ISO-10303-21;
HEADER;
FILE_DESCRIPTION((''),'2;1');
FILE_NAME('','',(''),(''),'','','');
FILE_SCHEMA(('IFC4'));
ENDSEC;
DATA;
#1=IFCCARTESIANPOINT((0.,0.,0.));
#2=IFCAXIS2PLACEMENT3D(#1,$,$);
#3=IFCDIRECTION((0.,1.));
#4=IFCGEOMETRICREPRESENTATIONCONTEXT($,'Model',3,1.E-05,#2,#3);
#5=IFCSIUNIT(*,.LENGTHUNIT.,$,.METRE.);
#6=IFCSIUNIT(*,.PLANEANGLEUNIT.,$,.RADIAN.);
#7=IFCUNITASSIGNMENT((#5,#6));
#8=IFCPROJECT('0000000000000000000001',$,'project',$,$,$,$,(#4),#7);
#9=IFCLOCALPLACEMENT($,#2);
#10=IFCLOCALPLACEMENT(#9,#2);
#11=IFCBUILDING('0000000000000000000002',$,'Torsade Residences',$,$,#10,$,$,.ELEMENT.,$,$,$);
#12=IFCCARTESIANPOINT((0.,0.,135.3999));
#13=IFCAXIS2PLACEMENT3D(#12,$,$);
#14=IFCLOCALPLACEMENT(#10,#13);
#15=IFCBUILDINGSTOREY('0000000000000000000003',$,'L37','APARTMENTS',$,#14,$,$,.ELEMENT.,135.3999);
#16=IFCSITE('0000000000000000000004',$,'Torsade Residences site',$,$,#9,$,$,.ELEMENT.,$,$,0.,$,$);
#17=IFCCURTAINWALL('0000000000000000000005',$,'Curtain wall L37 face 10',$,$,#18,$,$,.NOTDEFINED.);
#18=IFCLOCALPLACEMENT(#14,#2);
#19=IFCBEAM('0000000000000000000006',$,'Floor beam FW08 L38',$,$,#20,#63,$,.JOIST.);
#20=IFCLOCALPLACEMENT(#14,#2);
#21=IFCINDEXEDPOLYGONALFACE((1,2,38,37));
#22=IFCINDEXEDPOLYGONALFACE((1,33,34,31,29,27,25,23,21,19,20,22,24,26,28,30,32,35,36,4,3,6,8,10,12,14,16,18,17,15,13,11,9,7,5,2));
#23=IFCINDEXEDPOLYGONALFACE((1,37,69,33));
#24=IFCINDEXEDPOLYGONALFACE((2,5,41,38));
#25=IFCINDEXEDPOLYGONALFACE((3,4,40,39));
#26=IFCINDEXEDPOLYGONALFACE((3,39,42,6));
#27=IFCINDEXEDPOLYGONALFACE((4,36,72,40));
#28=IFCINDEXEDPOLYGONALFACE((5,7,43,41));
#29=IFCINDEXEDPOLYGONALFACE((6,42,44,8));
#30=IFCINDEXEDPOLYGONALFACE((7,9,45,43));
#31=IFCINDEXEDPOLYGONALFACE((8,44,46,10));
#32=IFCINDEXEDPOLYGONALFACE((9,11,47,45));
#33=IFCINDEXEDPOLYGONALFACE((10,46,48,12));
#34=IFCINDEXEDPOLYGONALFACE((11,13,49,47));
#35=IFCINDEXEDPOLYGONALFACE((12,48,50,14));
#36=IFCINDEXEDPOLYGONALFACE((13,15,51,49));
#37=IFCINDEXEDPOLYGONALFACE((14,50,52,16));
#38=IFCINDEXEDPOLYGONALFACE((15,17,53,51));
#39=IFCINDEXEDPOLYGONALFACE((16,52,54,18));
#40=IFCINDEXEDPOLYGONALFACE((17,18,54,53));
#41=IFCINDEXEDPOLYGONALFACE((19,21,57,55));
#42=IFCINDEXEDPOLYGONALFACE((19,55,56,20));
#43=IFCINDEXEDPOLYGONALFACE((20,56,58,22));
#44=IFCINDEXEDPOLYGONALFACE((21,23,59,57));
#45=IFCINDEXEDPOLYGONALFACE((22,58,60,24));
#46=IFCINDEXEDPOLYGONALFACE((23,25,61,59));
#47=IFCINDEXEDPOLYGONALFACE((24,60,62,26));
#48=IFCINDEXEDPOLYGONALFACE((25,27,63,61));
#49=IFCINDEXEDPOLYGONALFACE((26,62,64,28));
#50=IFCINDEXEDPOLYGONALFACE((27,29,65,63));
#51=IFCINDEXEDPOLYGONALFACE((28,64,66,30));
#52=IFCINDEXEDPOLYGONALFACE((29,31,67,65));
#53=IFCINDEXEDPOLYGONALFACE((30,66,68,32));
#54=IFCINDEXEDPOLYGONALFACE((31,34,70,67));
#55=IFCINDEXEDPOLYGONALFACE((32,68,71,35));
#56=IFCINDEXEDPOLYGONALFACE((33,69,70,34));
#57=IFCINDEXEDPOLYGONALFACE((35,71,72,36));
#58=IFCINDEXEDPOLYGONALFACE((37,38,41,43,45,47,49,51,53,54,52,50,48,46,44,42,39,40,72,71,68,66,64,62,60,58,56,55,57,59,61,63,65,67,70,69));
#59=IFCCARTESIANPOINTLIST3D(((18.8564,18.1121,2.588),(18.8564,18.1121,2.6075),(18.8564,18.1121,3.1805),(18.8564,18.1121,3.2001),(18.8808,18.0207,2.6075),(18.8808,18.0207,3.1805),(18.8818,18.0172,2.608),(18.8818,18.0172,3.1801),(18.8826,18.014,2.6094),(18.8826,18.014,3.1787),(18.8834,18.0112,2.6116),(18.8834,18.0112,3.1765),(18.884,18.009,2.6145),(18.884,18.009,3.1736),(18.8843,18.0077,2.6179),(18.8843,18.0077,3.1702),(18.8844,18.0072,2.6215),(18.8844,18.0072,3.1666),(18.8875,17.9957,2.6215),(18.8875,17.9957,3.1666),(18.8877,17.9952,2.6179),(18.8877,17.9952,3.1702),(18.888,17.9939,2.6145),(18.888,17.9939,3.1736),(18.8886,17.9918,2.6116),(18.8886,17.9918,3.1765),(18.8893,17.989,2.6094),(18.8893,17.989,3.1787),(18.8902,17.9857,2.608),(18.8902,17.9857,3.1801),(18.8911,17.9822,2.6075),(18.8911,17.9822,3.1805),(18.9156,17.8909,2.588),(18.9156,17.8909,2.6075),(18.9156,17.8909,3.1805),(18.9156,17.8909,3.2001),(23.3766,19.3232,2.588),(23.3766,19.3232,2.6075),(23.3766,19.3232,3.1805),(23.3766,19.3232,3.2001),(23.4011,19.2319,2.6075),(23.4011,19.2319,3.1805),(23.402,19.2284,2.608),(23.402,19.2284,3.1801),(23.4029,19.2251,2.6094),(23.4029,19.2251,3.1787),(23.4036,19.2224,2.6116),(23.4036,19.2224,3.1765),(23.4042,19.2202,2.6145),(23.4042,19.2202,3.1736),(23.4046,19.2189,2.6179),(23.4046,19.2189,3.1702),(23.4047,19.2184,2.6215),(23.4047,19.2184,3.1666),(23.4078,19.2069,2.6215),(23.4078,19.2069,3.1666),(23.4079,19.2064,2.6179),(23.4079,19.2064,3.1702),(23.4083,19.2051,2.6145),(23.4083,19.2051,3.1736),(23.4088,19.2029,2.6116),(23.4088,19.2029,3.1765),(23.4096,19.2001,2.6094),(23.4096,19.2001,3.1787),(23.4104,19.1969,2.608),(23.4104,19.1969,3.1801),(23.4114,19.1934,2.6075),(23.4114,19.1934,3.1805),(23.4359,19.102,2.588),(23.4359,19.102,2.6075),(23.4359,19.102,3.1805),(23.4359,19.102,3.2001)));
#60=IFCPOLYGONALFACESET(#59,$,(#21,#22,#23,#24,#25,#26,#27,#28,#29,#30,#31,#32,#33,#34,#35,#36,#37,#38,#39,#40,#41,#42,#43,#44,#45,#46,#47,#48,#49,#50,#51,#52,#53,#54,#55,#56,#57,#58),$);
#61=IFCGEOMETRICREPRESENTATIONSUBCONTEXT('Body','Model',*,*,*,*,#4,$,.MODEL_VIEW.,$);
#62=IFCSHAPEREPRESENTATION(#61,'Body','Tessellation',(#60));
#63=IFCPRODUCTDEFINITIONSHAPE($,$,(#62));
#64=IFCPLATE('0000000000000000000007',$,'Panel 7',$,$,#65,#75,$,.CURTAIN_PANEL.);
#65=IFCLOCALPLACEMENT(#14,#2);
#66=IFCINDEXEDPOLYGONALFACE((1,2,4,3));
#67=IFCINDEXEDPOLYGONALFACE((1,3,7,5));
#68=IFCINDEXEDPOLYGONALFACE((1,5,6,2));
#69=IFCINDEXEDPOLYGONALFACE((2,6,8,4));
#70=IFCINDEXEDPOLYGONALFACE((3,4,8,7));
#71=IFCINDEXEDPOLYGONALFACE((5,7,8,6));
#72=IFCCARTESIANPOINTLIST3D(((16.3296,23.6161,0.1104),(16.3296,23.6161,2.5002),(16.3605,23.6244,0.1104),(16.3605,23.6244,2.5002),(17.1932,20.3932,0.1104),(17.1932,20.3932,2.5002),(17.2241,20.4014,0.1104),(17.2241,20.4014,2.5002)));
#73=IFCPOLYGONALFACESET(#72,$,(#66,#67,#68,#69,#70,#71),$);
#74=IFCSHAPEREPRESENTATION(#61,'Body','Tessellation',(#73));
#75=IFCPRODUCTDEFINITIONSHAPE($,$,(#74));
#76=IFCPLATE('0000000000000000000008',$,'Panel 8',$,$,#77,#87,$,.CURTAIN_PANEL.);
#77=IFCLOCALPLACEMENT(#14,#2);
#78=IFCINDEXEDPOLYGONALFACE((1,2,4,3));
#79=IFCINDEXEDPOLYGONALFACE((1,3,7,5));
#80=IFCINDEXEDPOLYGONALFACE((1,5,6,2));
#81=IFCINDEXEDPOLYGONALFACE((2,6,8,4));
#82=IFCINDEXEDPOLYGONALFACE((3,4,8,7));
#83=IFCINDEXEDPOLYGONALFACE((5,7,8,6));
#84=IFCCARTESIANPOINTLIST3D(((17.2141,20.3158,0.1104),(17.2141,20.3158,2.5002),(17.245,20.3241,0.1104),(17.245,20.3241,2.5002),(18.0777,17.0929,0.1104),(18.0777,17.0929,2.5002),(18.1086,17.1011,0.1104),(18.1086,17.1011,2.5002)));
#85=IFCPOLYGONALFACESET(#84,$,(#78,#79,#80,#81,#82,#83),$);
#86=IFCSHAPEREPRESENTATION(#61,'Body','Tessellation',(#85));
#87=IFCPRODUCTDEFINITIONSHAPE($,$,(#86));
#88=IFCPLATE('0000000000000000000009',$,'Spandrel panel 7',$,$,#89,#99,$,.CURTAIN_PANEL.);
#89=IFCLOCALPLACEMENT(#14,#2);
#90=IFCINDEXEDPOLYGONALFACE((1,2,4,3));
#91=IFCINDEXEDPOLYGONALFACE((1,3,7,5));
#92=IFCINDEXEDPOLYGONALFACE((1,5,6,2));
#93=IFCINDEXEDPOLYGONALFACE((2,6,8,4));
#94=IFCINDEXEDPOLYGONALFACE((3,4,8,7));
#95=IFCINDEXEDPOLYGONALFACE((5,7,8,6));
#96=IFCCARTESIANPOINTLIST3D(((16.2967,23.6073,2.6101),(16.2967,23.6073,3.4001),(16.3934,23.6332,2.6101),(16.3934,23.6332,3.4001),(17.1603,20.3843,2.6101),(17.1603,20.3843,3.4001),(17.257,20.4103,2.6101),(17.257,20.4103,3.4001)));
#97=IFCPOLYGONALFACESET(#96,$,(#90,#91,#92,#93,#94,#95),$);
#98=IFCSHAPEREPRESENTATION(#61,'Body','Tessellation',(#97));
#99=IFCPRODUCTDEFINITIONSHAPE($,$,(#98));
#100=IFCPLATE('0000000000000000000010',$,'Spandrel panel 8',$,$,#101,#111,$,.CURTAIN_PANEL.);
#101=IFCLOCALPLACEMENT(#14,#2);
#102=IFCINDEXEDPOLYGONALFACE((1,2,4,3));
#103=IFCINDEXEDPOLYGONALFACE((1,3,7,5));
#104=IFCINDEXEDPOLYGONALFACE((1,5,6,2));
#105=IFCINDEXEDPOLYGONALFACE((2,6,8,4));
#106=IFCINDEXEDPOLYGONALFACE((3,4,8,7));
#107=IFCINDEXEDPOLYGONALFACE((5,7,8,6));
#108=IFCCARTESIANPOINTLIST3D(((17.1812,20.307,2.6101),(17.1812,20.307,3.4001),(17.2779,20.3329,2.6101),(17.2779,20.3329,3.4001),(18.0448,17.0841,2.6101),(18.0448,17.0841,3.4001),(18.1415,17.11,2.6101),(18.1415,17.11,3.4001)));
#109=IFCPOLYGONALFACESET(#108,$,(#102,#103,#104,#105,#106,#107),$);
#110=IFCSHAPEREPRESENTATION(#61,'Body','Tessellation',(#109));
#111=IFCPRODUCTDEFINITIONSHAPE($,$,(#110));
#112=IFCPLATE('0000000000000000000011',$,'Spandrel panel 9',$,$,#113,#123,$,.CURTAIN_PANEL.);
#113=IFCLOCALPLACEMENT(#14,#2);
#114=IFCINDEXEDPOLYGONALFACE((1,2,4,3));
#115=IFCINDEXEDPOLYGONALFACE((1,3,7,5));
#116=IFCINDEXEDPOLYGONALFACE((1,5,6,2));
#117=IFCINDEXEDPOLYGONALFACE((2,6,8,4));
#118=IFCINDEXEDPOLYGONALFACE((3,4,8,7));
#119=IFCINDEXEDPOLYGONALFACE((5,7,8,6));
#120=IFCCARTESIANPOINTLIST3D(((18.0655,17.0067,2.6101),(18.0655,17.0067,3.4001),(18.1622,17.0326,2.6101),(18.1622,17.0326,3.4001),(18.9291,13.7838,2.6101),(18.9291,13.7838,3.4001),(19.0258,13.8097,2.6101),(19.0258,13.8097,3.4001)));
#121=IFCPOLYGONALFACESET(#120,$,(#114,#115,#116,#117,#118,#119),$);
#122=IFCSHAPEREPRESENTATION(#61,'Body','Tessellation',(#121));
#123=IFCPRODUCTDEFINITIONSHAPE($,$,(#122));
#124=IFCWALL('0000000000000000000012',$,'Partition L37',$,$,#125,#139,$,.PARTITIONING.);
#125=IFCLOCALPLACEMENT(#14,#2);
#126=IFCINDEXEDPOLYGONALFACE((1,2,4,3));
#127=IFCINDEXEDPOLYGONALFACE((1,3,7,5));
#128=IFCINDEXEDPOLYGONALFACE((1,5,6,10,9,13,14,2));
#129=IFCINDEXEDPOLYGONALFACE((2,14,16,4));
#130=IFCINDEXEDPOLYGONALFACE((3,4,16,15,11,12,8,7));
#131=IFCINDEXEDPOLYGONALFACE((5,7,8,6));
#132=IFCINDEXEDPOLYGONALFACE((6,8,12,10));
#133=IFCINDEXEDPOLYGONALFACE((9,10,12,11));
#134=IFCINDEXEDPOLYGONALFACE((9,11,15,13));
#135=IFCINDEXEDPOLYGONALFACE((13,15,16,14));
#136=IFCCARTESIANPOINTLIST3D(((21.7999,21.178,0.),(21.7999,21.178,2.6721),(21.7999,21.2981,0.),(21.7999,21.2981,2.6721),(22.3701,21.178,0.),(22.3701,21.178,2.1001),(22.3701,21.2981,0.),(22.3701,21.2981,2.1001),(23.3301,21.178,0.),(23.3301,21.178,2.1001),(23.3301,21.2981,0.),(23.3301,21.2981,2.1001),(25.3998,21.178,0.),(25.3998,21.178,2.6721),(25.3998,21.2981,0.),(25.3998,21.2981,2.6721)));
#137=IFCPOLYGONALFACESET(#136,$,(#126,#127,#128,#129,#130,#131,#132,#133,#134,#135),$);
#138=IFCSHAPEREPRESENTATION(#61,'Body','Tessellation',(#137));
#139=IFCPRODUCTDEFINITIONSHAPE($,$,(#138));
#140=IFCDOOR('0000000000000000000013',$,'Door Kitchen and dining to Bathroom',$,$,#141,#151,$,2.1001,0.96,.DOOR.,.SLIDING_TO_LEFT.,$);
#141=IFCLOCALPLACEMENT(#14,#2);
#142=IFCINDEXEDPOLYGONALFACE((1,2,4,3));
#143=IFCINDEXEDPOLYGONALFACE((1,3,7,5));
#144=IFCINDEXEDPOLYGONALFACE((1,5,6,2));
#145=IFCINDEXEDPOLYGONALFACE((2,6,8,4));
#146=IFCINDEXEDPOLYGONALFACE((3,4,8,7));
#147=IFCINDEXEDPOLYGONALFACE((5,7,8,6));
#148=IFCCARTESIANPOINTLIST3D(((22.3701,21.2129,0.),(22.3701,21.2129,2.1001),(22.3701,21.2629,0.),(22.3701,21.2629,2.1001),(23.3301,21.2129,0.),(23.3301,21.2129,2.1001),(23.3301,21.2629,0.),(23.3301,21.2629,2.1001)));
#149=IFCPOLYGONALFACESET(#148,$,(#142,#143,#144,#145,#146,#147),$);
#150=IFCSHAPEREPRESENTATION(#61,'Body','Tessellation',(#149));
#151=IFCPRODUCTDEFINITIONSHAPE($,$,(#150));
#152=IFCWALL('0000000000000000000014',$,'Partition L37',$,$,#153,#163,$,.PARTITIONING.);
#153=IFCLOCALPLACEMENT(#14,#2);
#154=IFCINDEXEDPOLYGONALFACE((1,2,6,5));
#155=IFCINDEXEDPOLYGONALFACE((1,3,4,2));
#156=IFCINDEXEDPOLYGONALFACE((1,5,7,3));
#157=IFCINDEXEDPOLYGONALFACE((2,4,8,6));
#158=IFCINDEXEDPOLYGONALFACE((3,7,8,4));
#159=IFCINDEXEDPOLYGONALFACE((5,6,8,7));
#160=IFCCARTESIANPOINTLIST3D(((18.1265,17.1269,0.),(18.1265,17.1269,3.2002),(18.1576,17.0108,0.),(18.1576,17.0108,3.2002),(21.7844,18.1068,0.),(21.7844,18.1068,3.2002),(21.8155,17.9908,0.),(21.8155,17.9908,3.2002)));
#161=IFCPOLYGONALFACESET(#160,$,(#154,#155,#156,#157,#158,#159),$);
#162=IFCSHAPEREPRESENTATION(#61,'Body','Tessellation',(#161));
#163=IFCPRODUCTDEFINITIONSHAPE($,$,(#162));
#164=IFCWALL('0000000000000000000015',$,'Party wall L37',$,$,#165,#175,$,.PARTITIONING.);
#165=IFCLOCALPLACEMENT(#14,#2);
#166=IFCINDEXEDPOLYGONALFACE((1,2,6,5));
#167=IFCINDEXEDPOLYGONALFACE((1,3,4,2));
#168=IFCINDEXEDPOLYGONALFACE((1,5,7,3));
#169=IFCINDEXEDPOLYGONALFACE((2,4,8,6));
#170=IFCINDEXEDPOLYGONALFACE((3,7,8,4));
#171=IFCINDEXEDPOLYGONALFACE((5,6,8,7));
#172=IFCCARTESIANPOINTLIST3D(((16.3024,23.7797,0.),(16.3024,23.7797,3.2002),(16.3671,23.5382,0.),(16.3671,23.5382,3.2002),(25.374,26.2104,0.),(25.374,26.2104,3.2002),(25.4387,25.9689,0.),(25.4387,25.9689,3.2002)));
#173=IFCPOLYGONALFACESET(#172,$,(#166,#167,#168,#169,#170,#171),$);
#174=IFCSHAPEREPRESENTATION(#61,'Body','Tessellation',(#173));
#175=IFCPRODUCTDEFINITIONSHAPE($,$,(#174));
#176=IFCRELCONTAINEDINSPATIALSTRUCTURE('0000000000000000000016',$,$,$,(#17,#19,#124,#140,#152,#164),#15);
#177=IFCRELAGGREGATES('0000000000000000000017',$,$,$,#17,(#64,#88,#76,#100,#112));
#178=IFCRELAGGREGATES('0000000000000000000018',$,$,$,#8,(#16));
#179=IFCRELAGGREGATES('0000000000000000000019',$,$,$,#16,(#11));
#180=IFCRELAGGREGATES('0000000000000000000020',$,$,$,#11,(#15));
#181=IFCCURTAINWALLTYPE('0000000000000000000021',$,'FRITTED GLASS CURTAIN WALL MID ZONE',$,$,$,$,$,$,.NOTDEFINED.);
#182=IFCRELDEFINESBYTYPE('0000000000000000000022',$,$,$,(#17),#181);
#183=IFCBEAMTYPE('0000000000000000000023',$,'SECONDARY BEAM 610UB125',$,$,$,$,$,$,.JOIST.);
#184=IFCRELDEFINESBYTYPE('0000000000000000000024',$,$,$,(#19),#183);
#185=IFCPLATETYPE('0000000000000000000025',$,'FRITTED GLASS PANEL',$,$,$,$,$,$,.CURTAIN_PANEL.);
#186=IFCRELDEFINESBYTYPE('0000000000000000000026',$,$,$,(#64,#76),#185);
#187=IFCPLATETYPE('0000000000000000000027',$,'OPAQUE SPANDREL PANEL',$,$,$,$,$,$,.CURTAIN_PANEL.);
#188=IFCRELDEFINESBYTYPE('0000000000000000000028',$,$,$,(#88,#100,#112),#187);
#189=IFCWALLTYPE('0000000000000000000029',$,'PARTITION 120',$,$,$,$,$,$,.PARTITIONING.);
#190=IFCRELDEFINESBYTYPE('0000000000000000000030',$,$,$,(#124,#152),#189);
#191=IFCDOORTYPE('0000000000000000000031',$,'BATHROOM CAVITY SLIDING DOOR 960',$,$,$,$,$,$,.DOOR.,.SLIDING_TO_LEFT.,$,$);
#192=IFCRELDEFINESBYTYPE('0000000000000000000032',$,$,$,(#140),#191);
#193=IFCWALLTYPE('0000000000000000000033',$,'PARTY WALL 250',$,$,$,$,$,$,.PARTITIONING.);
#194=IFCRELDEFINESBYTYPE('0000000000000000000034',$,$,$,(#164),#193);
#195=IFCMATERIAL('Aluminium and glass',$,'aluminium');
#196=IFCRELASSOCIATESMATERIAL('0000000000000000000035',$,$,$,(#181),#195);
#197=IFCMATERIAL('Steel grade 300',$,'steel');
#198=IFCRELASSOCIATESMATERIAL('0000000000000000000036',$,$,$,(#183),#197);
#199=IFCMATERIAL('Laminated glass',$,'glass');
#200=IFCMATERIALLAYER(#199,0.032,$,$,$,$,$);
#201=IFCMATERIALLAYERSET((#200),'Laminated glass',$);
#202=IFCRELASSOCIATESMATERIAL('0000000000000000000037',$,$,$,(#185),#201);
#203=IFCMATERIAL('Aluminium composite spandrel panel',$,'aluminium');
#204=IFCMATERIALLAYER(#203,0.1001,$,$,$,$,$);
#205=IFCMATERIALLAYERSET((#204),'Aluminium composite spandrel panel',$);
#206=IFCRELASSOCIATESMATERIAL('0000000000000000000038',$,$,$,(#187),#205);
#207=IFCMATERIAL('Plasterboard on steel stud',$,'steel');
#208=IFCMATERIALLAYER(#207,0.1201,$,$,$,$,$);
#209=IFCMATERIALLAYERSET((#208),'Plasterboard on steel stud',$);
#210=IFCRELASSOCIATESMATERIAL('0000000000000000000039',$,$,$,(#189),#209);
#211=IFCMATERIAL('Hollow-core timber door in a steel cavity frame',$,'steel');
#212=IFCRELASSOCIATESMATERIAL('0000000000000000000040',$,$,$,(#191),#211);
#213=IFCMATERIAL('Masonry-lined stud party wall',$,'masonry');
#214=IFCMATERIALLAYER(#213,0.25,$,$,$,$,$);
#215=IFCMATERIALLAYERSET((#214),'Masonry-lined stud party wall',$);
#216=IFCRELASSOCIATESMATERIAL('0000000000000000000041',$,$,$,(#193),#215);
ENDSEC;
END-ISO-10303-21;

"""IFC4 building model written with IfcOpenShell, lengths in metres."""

from ifc_helpers import new_model, si_unit, direction, frame, frame_2d, origin, origin_2d, place, context, subcontext, project, spatial, rectangle, i_section, extrude, material, layer, layer_set, material_profile, profile_set, type_object, element, fill, aggregate, save


model = new_model("IFC4")

# Units and contexts
model_context = context("Model", 3, precision=1e-05, world=origin(), true_north=direction((0.0, 1.0)))
body_context = subcontext(model_context, "Body", "Model", "MODEL_VIEW")
ifc_project = project(units=[si_unit("LENGTHUNIT", "METRE"), si_unit("PLANEANGLEUNIT", "RADIAN")], contexts=[model_context])

# Site, building, storey
site_placement = place(None, origin())
site = spatial("IfcSite", under=ifc_project, at=site_placement, Name="Torsade Residences site", CompositionType="ELEMENT", RefElevation=0.0)
building_placement = place(site_placement, origin())
building = spatial("IfcBuilding", under=site, at=building_placement, Name="Torsade Residences", CompositionType="ELEMENT")
storey_placement = place(building_placement, frame((0.0, 0.0, 135.3999)))
storey = spatial("IfcBuildingStorey", under=building, at=storey_placement, Name="L37", Description="APARTMENTS", CompositionType="ELEMENT", Elevation=135.3999)

# Curtain wall
ifc_material_1 = material(Name="Aluminium and glass", Category="aluminium")
curtain_wall_type = type_object("IfcCurtainWallType", Name="FRITTED GLASS CURTAIN WALL MID ZONE", PredefinedType="NOTDEFINED", material=ifc_material_1)
curtain_wall_placement = place(storey_placement, origin())
curtain_wall = element("IfcCurtainWall", 1, at=curtain_wall_placement, inside=storey, type_object=curtain_wall_type, Name="Curtain wall L37 face 10", PredefinedType="NOTDEFINED")

# Beam
ifc_material_2 = material(Name="Steel grade 300", Category="steel")
ifc_material_profile_1 = material_profile(ifc_material_2, i_section(OverallWidth=0.229, OverallDepth=0.6121, WebThickness=0.012, FlangeThickness=0.0195, FilletRadius=0.0139, at=origin_2d()), Name="610UB125")
ifc_profile_set_1 = profile_set([ifc_material_profile_1], Name="Steel grade 300")
beam_type = type_object("IfcBeamType", Name="SECONDARY BEAM 610UB125", PredefinedType="JOIST", material=ifc_profile_set_1)
beam_1_placement = place(storey_placement, frame((18.886, 18.0015, 2.894), z_axis=(0.965927, 0.258815, 0.0), x_axis=(-0.258815, 0.965927, 0.0)))
element("IfcBeam", 2, at=beam_1_placement, inside=storey, type_object=beam_type, Name="Floor beam FW08 L38", PredefinedType="JOIST", context=body_context, shape_type="SweptSolid", body=[
    extrude(i_section(OverallWidth=0.229, OverallDepth=0.6121, WebThickness=0.012, FlangeThickness=0.0195, FilletRadius=0.0139, at=origin_2d()), origin(), (0.0, 0.0, 1.0), 4.6797),
])

# Plates
ifc_material_3 = material(Name="Laminated glass", Category="glass")
ifc_layer_1 = layer(ifc_material_3, 0.032)
ifc_layer_set_1 = layer_set([ifc_layer_1], Name="Laminated glass")
plate_type_1 = type_object("IfcPlateType", Name="FRITTED GLASS PANEL", PredefinedType="CURTAIN_PANEL", material=ifc_layer_set_1)
plate_1_placement = place(storey_placement, frame((16.7769, 22.0088, 0.1104), z_axis=(0.0, 0.0, 1.0), x_axis=(0.258819, -0.965926, 0.0)))
plate_1 = element("IfcPlate", 3, at=plate_1_placement, type_object=plate_type_1, Name="Panel 7", PredefinedType="CURTAIN_PANEL", context=body_context, shape_type="SweptSolid", body=[
    extrude(rectangle(XDim=3.3367, YDim=0.032, at=origin_2d()), origin(), (0.0, 0.0, 1.0), 2.3899),
])
plate_2_placement = place(storey_placement, frame((17.6614, 18.7085, 0.1104), z_axis=(0.0, 0.0, 1.0), x_axis=(0.258819, -0.965926, 0.0)))
plate_2 = element("IfcPlate", 4, at=plate_2_placement, type_object=plate_type_1, Name="Panel 8", PredefinedType="CURTAIN_PANEL", context=body_context, shape_type="SweptSolid", body=[
    extrude(rectangle(XDim=3.3367, YDim=0.032, at=origin_2d()), origin(), (0.0, 0.0, 1.0), 2.3899),
])
ifc_material_4 = material(Name="Aluminium composite spandrel panel", Category="aluminium")
ifc_layer_2 = layer(ifc_material_4, 0.1001)
ifc_layer_set_2 = layer_set([ifc_layer_2], Name="Aluminium composite spandrel panel")
plate_type_2 = type_object("IfcPlateType", Name="OPAQUE SPANDREL PANEL", PredefinedType="CURTAIN_PANEL", material=ifc_layer_set_2)
plate_3_placement = place(storey_placement, frame((16.7769, 22.0088, 2.6101), z_axis=(0.0, 0.0, 1.0), x_axis=(0.258819, -0.965926, 0.0)))
plate_3 = element("IfcPlate", 5, at=plate_3_placement, type_object=plate_type_2, Name="Spandrel panel 7", PredefinedType="CURTAIN_PANEL", context=body_context, shape_type="SweptSolid", body=[
    extrude(rectangle(XDim=3.3367, YDim=0.1001, at=origin_2d()), origin(), (0.0, 0.0, 1.0), 0.79),
])
plate_4_placement = place(storey_placement, frame((17.6614, 18.7085, 2.6101), z_axis=(0.0, 0.0, 1.0), x_axis=(0.258819, -0.965926, 0.0)))
plate_4 = element("IfcPlate", 6, at=plate_4_placement, type_object=plate_type_2, Name="Spandrel panel 8", PredefinedType="CURTAIN_PANEL", context=body_context, shape_type="SweptSolid", body=[
    extrude(rectangle(XDim=3.3367, YDim=0.1001, at=origin_2d()), origin(), (0.0, 0.0, 1.0), 0.79),
])
plate_5_placement = place(storey_placement, frame((18.5457, 15.4082, 2.6101), z_axis=(0.0, 0.0, 1.0), x_axis=(0.258819, -0.965926, 0.0)))
plate_5 = element("IfcPlate", 7, at=plate_5_placement, type_object=plate_type_2, Name="Spandrel panel 9", PredefinedType="CURTAIN_PANEL", context=body_context, shape_type="SweptSolid", body=[
    extrude(rectangle(XDim=3.3367, YDim=0.1001, at=origin_2d()), origin(), (0.0, 0.0, 1.0), 0.79),
])
aggregate(curtain_wall, [plate_1, plate_3, plate_2, plate_4, plate_5])

# Wall, opening, door
ifc_material_5 = material(Name="Plasterboard on steel stud", Category="steel")
ifc_layer_3 = layer(ifc_material_5, 0.1201)
ifc_layer_set_3 = layer_set([ifc_layer_3], Name="Plasterboard on steel stud")
wall_type_1 = type_object("IfcWallType", Name="PARTITION 120", PredefinedType="PARTITIONING", material=ifc_layer_set_3)
wall_1_placement = place(storey_placement, frame((21.8, 21.238, 0.0), z_axis=(0.0, 0.0, 1.0), x_axis=(1.0, 0.0, 0.0)))
wall_1 = element("IfcWall", 8, at=wall_1_placement, inside=storey, type_object=wall_type_1, Name="Partition L37", PredefinedType="PARTITIONING", context=body_context, shape_type="SweptSolid", body=[
    extrude(rectangle(XDim=3.5999, YDim=0.1201, at=frame_2d((1.7998, 0.0))), origin(), (0.0, 0.0, 1.0), 2.6721),
])
opening_placement = place(wall_1_placement, frame((0.5701, 0.0, 0.0)))
opening = element("IfcOpeningElement", 9, at=opening_placement, cuts=wall_1, PredefinedType="OPENING", context=body_context, shape_type="SweptSolid", body=[
    extrude(rectangle(XDim=0.96, YDim=2.1001, at=frame_2d((0.48, 1.05))), frame((0.0, 0.0701, 0.0), z_axis=(0.0, -1.0, 0.0), x_axis=(1.0, 0.0, 0.0)), (0.0, 0.0, 1.0), 0.1401),
])
ifc_material_6 = material(Name="Hollow-core timber door in a steel cavity frame", Category="steel")
door_type = type_object("IfcDoorType", Name="BATHROOM CAVITY SLIDING DOOR 960", OperationType="SLIDING_TO_LEFT", PredefinedType="DOOR", material=ifc_material_6)
door_placement = place(opening_placement, origin())
door = element("IfcDoor", 10, at=door_placement, inside=storey, type_object=door_type, Name="Door Kitchen and dining to Bathroom", OperationType="SLIDING_TO_LEFT", OverallHeight=2.1001, OverallWidth=0.96, PredefinedType="DOOR", context=body_context, shape_type="SweptSolid", body=[
    extrude(rectangle(XDim=0.96, YDim=2.1001, at=frame_2d((0.48, 1.05))), frame((0.0, 0.0249, 0.0), z_axis=(0.0, -1.0, 0.0), x_axis=(1.0, 0.0, 0.0)), (0.0, 0.0, 1.0), 0.05),
])
fill(opening, door)

# Walls
wall_2_placement = place(storey_placement, frame((21.8, 18.0488, 0.0), z_axis=(0.0, 0.0, 1.0), x_axis=(-0.965937, -0.258778, 0.0)))
element("IfcWall", 11, at=wall_2_placement, inside=storey, type_object=wall_type_1, Name="Partition L37", PredefinedType="PARTITIONING", context=body_context, shape_type="SweptSolid", body=[
    extrude(rectangle(XDim=3.7869, YDim=0.1201, at=frame_2d((1.8936, 0.0))), origin(), (0.0, 0.0, 1.0), 3.2002),
])
ifc_material_7 = material(Name="Masonry-lined stud party wall", Category="masonry")
ifc_layer_4 = layer(ifc_material_7, 0.25)
ifc_layer_set_4 = layer_set([ifc_layer_4], Name="Masonry-lined stud party wall")
wall_type_2 = type_object("IfcWallType", Name="PARTY WALL 250", PredefinedType="PARTITIONING", material=ifc_layer_set_4)
wall_3_placement = place(storey_placement, frame((16.3347, 23.6589, 0.0), z_axis=(0.0, 0.0, 1.0), x_axis=(0.965927, 0.258814, 0.0)))
element("IfcWall", 12, at=wall_3_placement, inside=storey, type_object=wall_type_2, Name="Party wall L37", PredefinedType="PARTITIONING", context=body_context, shape_type="SweptSolid", body=[
    extrude(rectangle(XDim=9.3916, YDim=0.25, at=frame_2d((4.6958, 0.0))), origin(), (0.0, 0.0, 1.0), 3.2002),
])

save(model, "model.ifc")
